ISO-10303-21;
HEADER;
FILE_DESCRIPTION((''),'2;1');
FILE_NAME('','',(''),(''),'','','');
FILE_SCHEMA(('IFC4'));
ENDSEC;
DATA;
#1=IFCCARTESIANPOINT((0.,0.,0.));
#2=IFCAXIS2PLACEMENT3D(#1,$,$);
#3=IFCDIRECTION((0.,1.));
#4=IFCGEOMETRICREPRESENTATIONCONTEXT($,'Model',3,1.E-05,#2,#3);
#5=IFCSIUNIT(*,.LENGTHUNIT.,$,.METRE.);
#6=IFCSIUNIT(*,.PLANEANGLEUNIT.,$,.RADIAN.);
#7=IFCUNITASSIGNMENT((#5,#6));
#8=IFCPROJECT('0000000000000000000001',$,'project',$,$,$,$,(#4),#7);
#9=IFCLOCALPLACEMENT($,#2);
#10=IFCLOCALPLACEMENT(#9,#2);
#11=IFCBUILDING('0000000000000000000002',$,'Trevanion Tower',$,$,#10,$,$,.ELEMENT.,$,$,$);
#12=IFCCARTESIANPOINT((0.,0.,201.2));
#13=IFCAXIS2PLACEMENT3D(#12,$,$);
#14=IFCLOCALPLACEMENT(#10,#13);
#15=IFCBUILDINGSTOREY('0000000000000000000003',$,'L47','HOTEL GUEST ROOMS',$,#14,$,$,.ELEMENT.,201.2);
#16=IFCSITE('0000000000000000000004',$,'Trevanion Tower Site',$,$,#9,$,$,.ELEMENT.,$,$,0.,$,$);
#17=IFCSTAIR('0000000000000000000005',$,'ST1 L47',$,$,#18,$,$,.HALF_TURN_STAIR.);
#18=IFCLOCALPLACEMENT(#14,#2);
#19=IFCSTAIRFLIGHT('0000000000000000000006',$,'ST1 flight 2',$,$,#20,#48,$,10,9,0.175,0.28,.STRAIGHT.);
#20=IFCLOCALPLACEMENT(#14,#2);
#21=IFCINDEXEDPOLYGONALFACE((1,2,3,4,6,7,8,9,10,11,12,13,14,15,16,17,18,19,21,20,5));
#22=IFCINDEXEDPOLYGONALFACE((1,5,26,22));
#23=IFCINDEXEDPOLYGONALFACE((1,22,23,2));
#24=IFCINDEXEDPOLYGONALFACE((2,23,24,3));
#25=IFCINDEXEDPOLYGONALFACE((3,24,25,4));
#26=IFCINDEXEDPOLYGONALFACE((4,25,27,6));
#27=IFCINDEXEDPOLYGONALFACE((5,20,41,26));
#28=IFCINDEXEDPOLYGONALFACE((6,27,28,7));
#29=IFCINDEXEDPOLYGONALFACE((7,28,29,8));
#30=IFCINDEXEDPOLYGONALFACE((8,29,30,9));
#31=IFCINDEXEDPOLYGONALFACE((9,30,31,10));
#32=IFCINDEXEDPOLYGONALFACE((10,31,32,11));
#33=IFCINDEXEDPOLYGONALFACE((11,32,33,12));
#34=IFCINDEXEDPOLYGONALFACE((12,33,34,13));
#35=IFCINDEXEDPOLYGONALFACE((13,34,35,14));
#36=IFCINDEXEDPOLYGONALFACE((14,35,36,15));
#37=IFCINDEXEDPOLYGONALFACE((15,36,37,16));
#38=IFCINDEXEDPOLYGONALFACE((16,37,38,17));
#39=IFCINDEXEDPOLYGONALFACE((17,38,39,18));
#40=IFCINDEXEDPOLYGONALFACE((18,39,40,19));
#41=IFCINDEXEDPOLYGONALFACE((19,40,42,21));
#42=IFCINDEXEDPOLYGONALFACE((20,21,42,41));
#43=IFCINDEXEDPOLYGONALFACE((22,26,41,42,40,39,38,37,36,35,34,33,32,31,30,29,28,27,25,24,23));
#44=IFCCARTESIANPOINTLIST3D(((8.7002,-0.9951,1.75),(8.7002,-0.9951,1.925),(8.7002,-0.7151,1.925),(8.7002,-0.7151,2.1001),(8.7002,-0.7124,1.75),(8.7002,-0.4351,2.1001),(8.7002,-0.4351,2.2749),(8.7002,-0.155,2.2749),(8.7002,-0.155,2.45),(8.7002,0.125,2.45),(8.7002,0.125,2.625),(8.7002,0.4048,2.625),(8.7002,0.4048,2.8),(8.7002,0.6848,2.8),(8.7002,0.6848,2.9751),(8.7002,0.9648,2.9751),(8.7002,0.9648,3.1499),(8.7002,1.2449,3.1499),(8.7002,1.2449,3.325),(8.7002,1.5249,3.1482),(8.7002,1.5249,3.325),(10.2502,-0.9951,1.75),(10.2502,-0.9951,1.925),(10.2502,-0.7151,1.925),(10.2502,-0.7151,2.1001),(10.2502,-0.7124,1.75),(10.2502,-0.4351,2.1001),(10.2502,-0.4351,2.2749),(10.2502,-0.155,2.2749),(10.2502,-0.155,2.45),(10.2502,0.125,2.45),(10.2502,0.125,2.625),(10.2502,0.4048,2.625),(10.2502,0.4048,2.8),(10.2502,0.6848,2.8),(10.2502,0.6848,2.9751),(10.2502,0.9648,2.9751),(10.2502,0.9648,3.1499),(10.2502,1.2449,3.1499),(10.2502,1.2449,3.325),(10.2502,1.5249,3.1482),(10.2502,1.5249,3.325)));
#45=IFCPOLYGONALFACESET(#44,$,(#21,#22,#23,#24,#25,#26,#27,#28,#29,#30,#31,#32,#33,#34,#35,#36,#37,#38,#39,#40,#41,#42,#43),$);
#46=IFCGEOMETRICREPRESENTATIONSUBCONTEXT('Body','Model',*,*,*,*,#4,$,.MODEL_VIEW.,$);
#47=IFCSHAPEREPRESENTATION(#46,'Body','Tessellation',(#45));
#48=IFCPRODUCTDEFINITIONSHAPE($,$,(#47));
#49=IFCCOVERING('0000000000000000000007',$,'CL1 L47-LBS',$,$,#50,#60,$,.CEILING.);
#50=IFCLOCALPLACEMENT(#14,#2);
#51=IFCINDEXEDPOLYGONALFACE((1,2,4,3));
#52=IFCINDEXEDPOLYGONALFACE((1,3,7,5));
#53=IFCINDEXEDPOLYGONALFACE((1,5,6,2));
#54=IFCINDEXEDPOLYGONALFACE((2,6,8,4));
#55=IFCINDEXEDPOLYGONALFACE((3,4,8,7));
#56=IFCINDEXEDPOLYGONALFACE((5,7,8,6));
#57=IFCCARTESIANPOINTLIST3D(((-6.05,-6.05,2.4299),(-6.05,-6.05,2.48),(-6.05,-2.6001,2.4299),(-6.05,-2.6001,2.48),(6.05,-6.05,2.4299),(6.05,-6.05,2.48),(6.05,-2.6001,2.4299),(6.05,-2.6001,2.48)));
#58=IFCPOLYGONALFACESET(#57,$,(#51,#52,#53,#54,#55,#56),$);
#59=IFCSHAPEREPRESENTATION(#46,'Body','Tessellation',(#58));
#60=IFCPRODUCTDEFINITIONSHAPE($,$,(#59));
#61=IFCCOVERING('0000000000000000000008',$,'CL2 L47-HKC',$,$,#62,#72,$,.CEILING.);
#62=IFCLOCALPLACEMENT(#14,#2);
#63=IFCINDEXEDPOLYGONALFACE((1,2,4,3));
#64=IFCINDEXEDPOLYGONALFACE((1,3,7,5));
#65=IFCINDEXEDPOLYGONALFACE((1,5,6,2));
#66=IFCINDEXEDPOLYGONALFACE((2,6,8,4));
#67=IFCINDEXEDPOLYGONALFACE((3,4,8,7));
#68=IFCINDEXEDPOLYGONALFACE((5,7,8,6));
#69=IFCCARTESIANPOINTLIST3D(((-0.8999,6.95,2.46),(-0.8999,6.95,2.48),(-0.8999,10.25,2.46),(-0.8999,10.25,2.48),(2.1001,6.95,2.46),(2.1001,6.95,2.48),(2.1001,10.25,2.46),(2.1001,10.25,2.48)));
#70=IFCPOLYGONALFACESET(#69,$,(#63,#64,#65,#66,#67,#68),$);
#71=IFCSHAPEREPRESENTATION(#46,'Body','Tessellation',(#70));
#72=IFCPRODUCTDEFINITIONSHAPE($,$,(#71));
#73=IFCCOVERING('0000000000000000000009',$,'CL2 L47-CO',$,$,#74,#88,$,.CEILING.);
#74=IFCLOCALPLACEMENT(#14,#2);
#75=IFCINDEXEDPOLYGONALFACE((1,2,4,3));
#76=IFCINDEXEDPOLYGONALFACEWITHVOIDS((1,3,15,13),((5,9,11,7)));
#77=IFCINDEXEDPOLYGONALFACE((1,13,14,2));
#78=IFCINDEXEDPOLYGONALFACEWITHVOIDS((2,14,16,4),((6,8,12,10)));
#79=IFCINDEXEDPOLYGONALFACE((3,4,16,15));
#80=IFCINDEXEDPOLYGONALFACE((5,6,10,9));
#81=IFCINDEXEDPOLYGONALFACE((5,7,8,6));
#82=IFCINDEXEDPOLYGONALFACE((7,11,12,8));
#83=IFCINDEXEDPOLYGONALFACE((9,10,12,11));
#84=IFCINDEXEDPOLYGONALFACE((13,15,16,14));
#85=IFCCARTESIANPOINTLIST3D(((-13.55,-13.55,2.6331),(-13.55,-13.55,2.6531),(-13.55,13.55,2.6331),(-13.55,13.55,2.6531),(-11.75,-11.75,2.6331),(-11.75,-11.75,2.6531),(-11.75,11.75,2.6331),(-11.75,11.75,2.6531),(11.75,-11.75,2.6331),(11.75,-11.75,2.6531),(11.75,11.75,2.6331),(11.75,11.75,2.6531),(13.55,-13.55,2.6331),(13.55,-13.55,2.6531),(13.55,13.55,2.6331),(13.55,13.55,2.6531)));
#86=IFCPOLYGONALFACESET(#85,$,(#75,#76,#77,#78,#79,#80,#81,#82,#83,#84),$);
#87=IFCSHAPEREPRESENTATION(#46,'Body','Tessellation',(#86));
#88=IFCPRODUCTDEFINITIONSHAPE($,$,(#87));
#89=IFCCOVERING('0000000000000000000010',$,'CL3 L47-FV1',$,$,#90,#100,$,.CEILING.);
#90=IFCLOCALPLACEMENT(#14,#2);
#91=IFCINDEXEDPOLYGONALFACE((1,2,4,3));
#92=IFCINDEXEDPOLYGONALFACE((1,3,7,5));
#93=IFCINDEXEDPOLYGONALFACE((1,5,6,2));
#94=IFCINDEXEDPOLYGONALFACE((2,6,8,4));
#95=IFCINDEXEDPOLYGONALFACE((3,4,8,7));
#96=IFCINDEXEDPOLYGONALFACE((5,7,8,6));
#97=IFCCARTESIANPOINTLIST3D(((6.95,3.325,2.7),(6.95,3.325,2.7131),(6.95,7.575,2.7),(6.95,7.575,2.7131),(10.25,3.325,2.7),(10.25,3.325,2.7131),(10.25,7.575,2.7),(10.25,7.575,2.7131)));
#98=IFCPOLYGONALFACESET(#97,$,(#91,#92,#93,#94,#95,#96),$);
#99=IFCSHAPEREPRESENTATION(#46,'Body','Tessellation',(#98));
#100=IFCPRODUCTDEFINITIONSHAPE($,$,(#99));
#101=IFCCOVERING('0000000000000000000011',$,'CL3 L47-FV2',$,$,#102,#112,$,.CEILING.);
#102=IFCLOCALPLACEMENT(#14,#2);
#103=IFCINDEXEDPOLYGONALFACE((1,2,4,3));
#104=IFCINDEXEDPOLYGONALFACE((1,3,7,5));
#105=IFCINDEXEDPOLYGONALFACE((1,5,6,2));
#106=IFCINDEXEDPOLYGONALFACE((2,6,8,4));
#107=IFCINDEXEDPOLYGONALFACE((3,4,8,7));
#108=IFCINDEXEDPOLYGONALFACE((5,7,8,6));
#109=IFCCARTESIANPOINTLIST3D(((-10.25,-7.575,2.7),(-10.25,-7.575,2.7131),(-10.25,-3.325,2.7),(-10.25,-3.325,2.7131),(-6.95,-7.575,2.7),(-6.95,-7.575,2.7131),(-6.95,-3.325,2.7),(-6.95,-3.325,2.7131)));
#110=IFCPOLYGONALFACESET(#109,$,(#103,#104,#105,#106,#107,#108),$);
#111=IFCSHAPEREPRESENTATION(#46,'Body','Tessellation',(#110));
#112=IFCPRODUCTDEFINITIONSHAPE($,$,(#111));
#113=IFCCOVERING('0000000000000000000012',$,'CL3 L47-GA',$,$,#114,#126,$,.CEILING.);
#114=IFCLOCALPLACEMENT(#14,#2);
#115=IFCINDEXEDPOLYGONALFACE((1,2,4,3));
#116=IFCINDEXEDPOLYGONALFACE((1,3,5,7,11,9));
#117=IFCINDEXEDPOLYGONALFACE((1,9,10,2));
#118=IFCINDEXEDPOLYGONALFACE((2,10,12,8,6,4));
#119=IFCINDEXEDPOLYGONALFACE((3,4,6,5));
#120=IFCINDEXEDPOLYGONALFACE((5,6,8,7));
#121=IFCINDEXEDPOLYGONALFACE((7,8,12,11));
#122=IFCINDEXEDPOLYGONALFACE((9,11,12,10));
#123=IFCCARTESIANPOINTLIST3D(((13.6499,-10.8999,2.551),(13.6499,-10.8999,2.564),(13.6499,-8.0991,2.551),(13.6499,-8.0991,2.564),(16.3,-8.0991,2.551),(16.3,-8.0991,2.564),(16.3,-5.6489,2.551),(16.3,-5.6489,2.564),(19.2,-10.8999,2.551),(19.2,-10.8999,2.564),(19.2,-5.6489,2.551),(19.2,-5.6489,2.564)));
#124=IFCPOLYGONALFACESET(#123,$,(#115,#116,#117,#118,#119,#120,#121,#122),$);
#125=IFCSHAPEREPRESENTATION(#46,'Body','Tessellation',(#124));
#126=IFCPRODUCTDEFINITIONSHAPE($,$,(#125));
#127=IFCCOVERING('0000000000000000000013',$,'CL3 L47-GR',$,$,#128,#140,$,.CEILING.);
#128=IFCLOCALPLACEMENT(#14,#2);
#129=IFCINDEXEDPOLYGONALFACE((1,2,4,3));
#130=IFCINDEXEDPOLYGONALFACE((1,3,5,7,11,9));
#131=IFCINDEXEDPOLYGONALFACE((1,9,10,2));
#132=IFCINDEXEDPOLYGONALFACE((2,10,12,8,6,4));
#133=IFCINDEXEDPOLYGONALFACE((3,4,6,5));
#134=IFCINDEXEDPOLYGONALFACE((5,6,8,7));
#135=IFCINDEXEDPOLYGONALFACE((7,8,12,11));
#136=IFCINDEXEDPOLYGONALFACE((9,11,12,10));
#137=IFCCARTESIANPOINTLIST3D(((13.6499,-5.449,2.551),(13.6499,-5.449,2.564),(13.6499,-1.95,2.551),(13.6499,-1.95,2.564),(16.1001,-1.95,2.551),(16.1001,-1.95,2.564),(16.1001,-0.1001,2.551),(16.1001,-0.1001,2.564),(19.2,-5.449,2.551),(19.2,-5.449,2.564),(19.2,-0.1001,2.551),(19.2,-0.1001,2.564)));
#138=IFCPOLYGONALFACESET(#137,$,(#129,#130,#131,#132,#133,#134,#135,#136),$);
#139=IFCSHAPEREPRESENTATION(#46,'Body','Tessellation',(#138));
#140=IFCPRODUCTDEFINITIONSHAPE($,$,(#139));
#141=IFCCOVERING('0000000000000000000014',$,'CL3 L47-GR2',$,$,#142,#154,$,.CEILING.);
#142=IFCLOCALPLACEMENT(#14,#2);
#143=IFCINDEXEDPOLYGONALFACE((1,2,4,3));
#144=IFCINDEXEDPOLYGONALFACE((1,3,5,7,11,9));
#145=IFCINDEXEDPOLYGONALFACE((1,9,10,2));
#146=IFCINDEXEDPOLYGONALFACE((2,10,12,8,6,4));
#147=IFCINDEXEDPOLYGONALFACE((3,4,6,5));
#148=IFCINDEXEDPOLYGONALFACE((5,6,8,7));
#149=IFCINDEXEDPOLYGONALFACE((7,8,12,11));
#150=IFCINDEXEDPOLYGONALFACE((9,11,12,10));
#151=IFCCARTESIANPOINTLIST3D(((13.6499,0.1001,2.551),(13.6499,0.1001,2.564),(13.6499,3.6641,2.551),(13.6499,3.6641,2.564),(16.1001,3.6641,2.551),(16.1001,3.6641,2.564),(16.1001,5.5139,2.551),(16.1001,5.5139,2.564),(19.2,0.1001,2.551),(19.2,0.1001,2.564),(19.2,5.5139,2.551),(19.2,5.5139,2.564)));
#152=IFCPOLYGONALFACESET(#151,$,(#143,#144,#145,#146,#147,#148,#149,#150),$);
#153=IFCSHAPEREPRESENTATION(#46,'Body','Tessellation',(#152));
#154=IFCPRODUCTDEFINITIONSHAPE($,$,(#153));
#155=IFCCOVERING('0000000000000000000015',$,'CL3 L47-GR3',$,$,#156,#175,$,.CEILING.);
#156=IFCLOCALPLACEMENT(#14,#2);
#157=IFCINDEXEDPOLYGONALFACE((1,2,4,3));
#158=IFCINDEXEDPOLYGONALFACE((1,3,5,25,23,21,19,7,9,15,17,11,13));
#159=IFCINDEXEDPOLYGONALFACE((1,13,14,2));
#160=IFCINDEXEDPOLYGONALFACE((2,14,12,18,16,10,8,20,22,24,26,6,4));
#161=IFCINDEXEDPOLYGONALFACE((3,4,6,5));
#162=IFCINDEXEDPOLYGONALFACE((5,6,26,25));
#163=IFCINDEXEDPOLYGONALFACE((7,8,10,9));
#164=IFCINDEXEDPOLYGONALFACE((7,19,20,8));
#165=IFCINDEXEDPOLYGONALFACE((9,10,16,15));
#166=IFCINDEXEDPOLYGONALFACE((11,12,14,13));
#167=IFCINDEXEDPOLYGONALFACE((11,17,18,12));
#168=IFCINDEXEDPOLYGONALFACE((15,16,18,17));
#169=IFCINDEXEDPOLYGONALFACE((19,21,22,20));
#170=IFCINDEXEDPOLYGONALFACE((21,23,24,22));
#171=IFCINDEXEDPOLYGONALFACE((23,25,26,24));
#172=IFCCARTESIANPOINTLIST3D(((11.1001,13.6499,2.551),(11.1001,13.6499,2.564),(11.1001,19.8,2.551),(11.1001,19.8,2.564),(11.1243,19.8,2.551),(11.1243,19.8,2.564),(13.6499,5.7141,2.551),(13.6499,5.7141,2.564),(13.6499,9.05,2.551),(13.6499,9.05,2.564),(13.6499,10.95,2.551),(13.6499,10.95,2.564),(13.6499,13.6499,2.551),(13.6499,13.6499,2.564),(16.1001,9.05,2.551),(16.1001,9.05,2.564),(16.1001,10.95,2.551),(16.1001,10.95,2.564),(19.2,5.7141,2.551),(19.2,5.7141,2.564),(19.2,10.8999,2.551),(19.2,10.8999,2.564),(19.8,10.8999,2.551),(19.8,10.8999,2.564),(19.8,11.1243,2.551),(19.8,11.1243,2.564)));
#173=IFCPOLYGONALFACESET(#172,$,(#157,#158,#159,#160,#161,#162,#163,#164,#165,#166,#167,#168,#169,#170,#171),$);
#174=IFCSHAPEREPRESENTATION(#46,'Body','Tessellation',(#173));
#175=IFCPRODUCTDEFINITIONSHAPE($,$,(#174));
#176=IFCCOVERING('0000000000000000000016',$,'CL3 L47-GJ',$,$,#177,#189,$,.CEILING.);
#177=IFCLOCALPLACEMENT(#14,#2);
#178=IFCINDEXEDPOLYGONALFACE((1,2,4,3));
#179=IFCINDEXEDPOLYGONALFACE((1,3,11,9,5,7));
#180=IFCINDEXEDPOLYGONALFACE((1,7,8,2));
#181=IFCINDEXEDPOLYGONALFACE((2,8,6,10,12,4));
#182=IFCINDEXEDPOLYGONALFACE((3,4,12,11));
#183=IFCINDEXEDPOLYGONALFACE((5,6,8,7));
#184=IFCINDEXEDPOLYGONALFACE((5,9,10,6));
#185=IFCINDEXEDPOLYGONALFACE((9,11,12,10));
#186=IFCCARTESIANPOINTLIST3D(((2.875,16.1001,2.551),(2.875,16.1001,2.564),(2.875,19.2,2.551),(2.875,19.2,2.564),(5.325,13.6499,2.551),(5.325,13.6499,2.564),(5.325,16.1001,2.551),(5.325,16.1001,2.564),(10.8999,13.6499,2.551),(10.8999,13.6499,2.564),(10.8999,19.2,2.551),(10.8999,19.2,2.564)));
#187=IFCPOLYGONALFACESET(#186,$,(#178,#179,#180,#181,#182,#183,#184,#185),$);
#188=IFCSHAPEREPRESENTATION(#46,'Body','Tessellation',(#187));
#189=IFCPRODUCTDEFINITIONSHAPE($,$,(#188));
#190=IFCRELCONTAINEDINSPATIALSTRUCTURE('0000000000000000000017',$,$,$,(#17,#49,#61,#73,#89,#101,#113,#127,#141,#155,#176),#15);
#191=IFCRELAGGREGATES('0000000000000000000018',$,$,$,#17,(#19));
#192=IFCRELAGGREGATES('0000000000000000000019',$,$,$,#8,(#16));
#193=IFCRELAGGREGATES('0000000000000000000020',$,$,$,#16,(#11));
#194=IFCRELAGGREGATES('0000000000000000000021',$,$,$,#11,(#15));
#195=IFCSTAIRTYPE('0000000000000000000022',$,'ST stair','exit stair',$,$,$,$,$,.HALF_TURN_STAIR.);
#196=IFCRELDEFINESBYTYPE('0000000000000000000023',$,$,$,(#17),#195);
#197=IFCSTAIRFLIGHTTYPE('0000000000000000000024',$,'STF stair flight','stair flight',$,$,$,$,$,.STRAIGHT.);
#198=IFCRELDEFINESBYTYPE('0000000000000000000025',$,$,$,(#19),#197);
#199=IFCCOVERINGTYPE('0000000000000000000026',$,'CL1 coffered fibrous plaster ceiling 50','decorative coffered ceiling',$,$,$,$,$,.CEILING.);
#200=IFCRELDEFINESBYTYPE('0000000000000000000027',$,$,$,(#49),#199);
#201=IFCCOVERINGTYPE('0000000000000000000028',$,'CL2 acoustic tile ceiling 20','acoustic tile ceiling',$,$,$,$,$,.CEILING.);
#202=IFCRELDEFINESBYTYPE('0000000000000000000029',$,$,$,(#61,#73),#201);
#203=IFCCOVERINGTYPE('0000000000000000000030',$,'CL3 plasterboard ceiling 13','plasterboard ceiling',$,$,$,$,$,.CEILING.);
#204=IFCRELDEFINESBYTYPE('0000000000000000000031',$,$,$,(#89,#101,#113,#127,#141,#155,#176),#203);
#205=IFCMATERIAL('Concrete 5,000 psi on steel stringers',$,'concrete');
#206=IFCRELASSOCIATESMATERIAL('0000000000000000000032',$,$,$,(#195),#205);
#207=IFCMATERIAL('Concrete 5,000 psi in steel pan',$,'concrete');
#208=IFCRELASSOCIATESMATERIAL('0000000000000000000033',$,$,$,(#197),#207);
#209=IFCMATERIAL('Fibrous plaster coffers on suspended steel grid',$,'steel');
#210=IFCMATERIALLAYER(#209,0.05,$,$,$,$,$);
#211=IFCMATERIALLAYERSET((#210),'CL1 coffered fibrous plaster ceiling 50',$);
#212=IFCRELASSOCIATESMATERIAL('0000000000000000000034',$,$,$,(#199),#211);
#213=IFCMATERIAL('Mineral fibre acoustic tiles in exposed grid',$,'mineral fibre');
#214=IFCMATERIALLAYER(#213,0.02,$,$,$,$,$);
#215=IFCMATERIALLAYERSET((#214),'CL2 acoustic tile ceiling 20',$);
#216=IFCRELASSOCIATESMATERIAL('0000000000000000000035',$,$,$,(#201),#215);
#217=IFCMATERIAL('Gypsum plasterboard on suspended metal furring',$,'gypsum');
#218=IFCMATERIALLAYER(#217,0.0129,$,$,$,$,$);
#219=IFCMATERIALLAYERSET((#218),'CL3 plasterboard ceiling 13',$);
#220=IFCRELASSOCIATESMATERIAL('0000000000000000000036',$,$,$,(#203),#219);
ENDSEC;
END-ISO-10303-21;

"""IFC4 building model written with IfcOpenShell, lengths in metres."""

from ifc_helpers import new_model, si_unit, direction, frame, origin, place, context, subcontext, project, spatial, polyline, outline, extrude, material, layer, layer_set, type_object, element, aggregate, save


model = new_model("IFC4")

# Units and contexts
model_context = context("Model", 3, precision=1e-05, world=origin(), true_north=direction((0.0, 1.0)))
body_context = subcontext(model_context, "Body", "Model", "MODEL_VIEW")
ifc_project = project(units=[si_unit("LENGTHUNIT", "METRE"), si_unit("PLANEANGLEUNIT", "RADIAN")], contexts=[model_context])

# Site, building, storey
site_placement = place(None, origin())
site = spatial("IfcSite", under=ifc_project, at=site_placement, Name="Trevanion Tower Site", CompositionType="ELEMENT", RefElevation=0.0)
building_placement = place(site_placement, origin())
building = spatial("IfcBuilding", under=site, at=building_placement, Name="Trevanion Tower", CompositionType="ELEMENT")
storey_placement = place(building_placement, frame((0.0, 0.0, 201.2)))
storey = spatial("IfcBuildingStorey", under=building, at=storey_placement, Name="L47", Description="HOTEL GUEST ROOMS", CompositionType="ELEMENT", Elevation=201.2)

# Stair, stair flight
ifc_material_1 = material(Name="Concrete 5,000 psi on steel stringers", Category="concrete")
stair_type = type_object("IfcStairType", Name="ST stair", Description="exit stair", PredefinedType="HALF_TURN_STAIR", material=ifc_material_1)
stair_placement = place(storey_placement, origin())
stair = element("IfcStair", 1, at=stair_placement, inside=storey, type_object=stair_type, Name="ST1 L47", PredefinedType="HALF_TURN_STAIR")
ifc_material_2 = material(Name="Concrete 5,000 psi in steel pan", Category="concrete")
stair_flight_type = type_object("IfcStairFlightType", Name="STF stair flight", Description="stair flight", PredefinedType="STRAIGHT", material=ifc_material_2)
stair_flight_placement = place(storey_placement, frame((9.4751, -0.9951, 1.75), z_axis=(0.0, 0.0, 1.0), x_axis=(0.0, 1.0, 0.0)))
stair_flight = element("IfcStairFlight", 2, at=stair_flight_placement, type_object=stair_flight_type, Name="ST1 flight 2", NumberOfRisers=10, NumberOfTreads=9, PredefinedType="STRAIGHT", RiserHeight=0.175, TreadLength=0.28, context=body_context, shape_type="SweptSolid", body=[
    extrude(outline(polyline([(0.0, 0.0), (0.0, 0.175), (0.28, 0.175), (0.28, 0.3501), (0.5601, 0.3501), (0.5601, 0.5249), (0.8401, 0.5249), (0.8401, 0.7), (1.1201, 0.7), (1.1201, 0.875), (1.3999, 0.875), (1.3999, 1.05), (1.6799, 1.05), (1.6799, 1.2251), (1.96, 1.2251), (1.96, 1.3999), (2.24, 1.3999), (2.24, 1.575), (2.52, 1.575), (2.52, 1.75), (2.52, 1.3982), (0.2827, 0.0), (0.0, 0.0)])), frame((0.0, 0.7749, 0.0), z_axis=(0.0, -1.0, 0.0), x_axis=(1.0, 0.0, 0.0)), (0.0, 0.0, 1.0), 1.55),
])
aggregate(stair, [stair_flight])

# Coverings
ifc_material_3 = material(Name="Fibrous plaster coffers on suspended steel grid", Category="steel")
ifc_layer_1 = layer(ifc_material_3, 0.05)
ifc_layer_set_1 = layer_set([ifc_layer_1], Name="CL1 coffered fibrous plaster ceiling 50")
covering_type_1 = type_object("IfcCoveringType", Name="CL1 coffered fibrous plaster ceiling 50", Description="decorative coffered ceiling", PredefinedType="CEILING", material=ifc_layer_set_1)
covering_1_placement = place(storey_placement, frame((0.0, 0.0, 2.4299)))
element("IfcCovering", 3, at=covering_1_placement, inside=storey, type_object=covering_type_1, Name="CL1 L47-LBS", PredefinedType="CEILING", context=body_context, shape_type="SweptSolid", body=[
    extrude(outline(polyline([(6.05, -6.05), (6.05, -2.6001), (-6.05, -2.6001), (-6.05, -6.05), (6.05, -6.05)])), origin(), (0.0, 0.0, 1.0), 0.05),
])
ifc_material_4 = material(Name="Mineral fibre acoustic tiles in exposed grid", Category="mineral fibre")
ifc_layer_2 = layer(ifc_material_4, 0.02)
ifc_layer_set_2 = layer_set([ifc_layer_2], Name="CL2 acoustic tile ceiling 20")
covering_type_2 = type_object("IfcCoveringType", Name="CL2 acoustic tile ceiling 20", Description="acoustic tile ceiling", PredefinedType="CEILING", material=ifc_layer_set_2)
covering_2_placement = place(storey_placement, frame((0.0, 0.0, 2.46)))
element("IfcCovering", 4, at=covering_2_placement, inside=storey, type_object=covering_type_2, Name="CL2 L47-HKC", PredefinedType="CEILING", context=body_context, shape_type="SweptSolid", body=[
    extrude(outline(polyline([(2.1001, 6.95), (2.1001, 10.25), (-0.8999, 10.25), (-0.8999, 6.95), (2.1001, 6.95)])), origin(), (0.0, 0.0, 1.0), 0.02),
])
covering_3_placement = place(storey_placement, frame((0.0, 0.0, 2.6331)))
element("IfcCovering", 5, at=covering_3_placement, inside=storey, type_object=covering_type_2, Name="CL2 L47-CO", PredefinedType="CEILING", context=body_context, shape_type="SweptSolid", body=[
    extrude(outline(polyline([(-13.55, -13.55), (-13.55, 13.55), (13.55, 13.55), (13.55, -13.55), (-13.55, -13.55)]), holes=[polyline([(11.75, 11.75), (-11.75, 11.75), (-11.75, -11.75), (11.75, -11.75), (11.75, 11.75)])]), origin(), (0.0, 0.0, 1.0), 0.02),
])
ifc_material_5 = material(Name="Gypsum plasterboard on suspended metal furring", Category="gypsum")
ifc_layer_3 = layer(ifc_material_5, 0.0129)
ifc_layer_set_3 = layer_set([ifc_layer_3], Name="CL3 plasterboard ceiling 13")
covering_type_3 = type_object("IfcCoveringType", Name="CL3 plasterboard ceiling 13", Description="plasterboard ceiling", PredefinedType="CEILING", material=ifc_layer_set_3)
covering_4_placement = place(storey_placement, frame((0.0, 0.0, 2.7)))
element("IfcCovering", 6, at=covering_4_placement, inside=storey, type_object=covering_type_3, Name="CL3 L47-FV1", PredefinedType="CEILING", context=body_context, shape_type="SweptSolid", body=[
    extrude(outline(polyline([(10.25, 3.325), (10.25, 7.575), (6.95, 7.575), (6.95, 3.325), (10.25, 3.325)])), origin(), (0.0, 0.0, 1.0), 0.0132),
])
covering_5_placement = place(storey_placement, frame((0.0, 0.0, 2.7)))
element("IfcCovering", 7, at=covering_5_placement, inside=storey, type_object=covering_type_3, Name="CL3 L47-FV2", PredefinedType="CEILING", context=body_context, shape_type="SweptSolid", body=[
    extrude(outline(polyline([(-10.25, -3.325), (-10.25, -7.575), (-6.95, -7.575), (-6.95, -3.325), (-10.25, -3.325)])), origin(), (0.0, 0.0, 1.0), 0.0132),
])
covering_6_placement = place(storey_placement, frame((0.0, 0.0, 2.551)))
element("IfcCovering", 8, at=covering_6_placement, inside=storey, type_object=covering_type_3, Name="CL3 L47-GA", PredefinedType="CEILING", context=body_context, shape_type="SweptSolid", body=[
    extrude(outline(polyline([(13.6499, -8.0991), (16.3, -8.0991), (16.3, -5.6489), (19.2, -5.6489), (19.2, -10.8999), (13.6499, -10.8999), (13.6499, -8.0991)])), origin(), (0.0, 0.0, 1.0), 0.0129),
])
covering_7_placement = place(storey_placement, frame((0.0, 0.0, 2.551)))
element("IfcCovering", 9, at=covering_7_placement, inside=storey, type_object=covering_type_3, Name="CL3 L47-GR", PredefinedType="CEILING", context=body_context, shape_type="SweptSolid", body=[
    extrude(outline(polyline([(13.6499, -1.95), (16.1001, -1.95), (16.1001, -0.1001), (19.2, -0.1001), (19.2, -5.449), (13.6499, -5.449), (13.6499, -1.95)])), origin(), (0.0, 0.0, 1.0), 0.0129),
])
covering_8_placement = place(storey_placement, frame((0.0, 0.0, 2.551)))
element("IfcCovering", 10, at=covering_8_placement, inside=storey, type_object=covering_type_3, Name="CL3 L47-GR2", PredefinedType="CEILING", context=body_context, shape_type="SweptSolid", body=[
    extrude(outline(polyline([(13.6499, 3.6641), (16.1001, 3.6641), (16.1001, 5.5139), (19.2, 5.5139), (19.2, 0.1001), (13.6499, 0.1001), (13.6499, 3.6641)])), origin(), (0.0, 0.0, 1.0), 0.0129),
])
covering_9_placement = place(storey_placement, frame((0.0, 0.0, 2.551)))
element("IfcCovering", 11, at=covering_9_placement, inside=storey, type_object=covering_type_3, Name="CL3 L47-GR3", PredefinedType="CEILING", context=body_context, shape_type="SweptSolid", body=[
    extrude(outline(polyline([(11.1001, 13.6499), (11.1001, 19.8), (11.1243, 19.8), (19.8, 11.1243), (19.8, 10.8999), (19.2, 10.8999), (19.2, 5.7141), (13.6499, 5.7141), (13.6499, 9.05), (16.1001, 9.05), (16.1001, 10.95), (13.6499, 10.95), (13.6499, 13.6499), (11.1001, 13.6499)])), origin(), (0.0, 0.0, 1.0), 0.0129),
])
covering_10_placement = place(storey_placement, frame((0.0, 0.0, 2.551)))
element("IfcCovering", 12, at=covering_10_placement, inside=storey, type_object=covering_type_3, Name="CL3 L47-GJ", PredefinedType="CEILING", context=body_context, shape_type="SweptSolid", body=[
    extrude(outline(polyline([(5.325, 13.6499), (5.325, 16.1001), (2.875, 16.1001), (2.875, 19.2), (10.8999, 19.2), (10.8999, 13.6499), (5.325, 13.6499)])), origin(), (0.0, 0.0, 1.0), 0.0129),
])

save(model, "model.ifc")
